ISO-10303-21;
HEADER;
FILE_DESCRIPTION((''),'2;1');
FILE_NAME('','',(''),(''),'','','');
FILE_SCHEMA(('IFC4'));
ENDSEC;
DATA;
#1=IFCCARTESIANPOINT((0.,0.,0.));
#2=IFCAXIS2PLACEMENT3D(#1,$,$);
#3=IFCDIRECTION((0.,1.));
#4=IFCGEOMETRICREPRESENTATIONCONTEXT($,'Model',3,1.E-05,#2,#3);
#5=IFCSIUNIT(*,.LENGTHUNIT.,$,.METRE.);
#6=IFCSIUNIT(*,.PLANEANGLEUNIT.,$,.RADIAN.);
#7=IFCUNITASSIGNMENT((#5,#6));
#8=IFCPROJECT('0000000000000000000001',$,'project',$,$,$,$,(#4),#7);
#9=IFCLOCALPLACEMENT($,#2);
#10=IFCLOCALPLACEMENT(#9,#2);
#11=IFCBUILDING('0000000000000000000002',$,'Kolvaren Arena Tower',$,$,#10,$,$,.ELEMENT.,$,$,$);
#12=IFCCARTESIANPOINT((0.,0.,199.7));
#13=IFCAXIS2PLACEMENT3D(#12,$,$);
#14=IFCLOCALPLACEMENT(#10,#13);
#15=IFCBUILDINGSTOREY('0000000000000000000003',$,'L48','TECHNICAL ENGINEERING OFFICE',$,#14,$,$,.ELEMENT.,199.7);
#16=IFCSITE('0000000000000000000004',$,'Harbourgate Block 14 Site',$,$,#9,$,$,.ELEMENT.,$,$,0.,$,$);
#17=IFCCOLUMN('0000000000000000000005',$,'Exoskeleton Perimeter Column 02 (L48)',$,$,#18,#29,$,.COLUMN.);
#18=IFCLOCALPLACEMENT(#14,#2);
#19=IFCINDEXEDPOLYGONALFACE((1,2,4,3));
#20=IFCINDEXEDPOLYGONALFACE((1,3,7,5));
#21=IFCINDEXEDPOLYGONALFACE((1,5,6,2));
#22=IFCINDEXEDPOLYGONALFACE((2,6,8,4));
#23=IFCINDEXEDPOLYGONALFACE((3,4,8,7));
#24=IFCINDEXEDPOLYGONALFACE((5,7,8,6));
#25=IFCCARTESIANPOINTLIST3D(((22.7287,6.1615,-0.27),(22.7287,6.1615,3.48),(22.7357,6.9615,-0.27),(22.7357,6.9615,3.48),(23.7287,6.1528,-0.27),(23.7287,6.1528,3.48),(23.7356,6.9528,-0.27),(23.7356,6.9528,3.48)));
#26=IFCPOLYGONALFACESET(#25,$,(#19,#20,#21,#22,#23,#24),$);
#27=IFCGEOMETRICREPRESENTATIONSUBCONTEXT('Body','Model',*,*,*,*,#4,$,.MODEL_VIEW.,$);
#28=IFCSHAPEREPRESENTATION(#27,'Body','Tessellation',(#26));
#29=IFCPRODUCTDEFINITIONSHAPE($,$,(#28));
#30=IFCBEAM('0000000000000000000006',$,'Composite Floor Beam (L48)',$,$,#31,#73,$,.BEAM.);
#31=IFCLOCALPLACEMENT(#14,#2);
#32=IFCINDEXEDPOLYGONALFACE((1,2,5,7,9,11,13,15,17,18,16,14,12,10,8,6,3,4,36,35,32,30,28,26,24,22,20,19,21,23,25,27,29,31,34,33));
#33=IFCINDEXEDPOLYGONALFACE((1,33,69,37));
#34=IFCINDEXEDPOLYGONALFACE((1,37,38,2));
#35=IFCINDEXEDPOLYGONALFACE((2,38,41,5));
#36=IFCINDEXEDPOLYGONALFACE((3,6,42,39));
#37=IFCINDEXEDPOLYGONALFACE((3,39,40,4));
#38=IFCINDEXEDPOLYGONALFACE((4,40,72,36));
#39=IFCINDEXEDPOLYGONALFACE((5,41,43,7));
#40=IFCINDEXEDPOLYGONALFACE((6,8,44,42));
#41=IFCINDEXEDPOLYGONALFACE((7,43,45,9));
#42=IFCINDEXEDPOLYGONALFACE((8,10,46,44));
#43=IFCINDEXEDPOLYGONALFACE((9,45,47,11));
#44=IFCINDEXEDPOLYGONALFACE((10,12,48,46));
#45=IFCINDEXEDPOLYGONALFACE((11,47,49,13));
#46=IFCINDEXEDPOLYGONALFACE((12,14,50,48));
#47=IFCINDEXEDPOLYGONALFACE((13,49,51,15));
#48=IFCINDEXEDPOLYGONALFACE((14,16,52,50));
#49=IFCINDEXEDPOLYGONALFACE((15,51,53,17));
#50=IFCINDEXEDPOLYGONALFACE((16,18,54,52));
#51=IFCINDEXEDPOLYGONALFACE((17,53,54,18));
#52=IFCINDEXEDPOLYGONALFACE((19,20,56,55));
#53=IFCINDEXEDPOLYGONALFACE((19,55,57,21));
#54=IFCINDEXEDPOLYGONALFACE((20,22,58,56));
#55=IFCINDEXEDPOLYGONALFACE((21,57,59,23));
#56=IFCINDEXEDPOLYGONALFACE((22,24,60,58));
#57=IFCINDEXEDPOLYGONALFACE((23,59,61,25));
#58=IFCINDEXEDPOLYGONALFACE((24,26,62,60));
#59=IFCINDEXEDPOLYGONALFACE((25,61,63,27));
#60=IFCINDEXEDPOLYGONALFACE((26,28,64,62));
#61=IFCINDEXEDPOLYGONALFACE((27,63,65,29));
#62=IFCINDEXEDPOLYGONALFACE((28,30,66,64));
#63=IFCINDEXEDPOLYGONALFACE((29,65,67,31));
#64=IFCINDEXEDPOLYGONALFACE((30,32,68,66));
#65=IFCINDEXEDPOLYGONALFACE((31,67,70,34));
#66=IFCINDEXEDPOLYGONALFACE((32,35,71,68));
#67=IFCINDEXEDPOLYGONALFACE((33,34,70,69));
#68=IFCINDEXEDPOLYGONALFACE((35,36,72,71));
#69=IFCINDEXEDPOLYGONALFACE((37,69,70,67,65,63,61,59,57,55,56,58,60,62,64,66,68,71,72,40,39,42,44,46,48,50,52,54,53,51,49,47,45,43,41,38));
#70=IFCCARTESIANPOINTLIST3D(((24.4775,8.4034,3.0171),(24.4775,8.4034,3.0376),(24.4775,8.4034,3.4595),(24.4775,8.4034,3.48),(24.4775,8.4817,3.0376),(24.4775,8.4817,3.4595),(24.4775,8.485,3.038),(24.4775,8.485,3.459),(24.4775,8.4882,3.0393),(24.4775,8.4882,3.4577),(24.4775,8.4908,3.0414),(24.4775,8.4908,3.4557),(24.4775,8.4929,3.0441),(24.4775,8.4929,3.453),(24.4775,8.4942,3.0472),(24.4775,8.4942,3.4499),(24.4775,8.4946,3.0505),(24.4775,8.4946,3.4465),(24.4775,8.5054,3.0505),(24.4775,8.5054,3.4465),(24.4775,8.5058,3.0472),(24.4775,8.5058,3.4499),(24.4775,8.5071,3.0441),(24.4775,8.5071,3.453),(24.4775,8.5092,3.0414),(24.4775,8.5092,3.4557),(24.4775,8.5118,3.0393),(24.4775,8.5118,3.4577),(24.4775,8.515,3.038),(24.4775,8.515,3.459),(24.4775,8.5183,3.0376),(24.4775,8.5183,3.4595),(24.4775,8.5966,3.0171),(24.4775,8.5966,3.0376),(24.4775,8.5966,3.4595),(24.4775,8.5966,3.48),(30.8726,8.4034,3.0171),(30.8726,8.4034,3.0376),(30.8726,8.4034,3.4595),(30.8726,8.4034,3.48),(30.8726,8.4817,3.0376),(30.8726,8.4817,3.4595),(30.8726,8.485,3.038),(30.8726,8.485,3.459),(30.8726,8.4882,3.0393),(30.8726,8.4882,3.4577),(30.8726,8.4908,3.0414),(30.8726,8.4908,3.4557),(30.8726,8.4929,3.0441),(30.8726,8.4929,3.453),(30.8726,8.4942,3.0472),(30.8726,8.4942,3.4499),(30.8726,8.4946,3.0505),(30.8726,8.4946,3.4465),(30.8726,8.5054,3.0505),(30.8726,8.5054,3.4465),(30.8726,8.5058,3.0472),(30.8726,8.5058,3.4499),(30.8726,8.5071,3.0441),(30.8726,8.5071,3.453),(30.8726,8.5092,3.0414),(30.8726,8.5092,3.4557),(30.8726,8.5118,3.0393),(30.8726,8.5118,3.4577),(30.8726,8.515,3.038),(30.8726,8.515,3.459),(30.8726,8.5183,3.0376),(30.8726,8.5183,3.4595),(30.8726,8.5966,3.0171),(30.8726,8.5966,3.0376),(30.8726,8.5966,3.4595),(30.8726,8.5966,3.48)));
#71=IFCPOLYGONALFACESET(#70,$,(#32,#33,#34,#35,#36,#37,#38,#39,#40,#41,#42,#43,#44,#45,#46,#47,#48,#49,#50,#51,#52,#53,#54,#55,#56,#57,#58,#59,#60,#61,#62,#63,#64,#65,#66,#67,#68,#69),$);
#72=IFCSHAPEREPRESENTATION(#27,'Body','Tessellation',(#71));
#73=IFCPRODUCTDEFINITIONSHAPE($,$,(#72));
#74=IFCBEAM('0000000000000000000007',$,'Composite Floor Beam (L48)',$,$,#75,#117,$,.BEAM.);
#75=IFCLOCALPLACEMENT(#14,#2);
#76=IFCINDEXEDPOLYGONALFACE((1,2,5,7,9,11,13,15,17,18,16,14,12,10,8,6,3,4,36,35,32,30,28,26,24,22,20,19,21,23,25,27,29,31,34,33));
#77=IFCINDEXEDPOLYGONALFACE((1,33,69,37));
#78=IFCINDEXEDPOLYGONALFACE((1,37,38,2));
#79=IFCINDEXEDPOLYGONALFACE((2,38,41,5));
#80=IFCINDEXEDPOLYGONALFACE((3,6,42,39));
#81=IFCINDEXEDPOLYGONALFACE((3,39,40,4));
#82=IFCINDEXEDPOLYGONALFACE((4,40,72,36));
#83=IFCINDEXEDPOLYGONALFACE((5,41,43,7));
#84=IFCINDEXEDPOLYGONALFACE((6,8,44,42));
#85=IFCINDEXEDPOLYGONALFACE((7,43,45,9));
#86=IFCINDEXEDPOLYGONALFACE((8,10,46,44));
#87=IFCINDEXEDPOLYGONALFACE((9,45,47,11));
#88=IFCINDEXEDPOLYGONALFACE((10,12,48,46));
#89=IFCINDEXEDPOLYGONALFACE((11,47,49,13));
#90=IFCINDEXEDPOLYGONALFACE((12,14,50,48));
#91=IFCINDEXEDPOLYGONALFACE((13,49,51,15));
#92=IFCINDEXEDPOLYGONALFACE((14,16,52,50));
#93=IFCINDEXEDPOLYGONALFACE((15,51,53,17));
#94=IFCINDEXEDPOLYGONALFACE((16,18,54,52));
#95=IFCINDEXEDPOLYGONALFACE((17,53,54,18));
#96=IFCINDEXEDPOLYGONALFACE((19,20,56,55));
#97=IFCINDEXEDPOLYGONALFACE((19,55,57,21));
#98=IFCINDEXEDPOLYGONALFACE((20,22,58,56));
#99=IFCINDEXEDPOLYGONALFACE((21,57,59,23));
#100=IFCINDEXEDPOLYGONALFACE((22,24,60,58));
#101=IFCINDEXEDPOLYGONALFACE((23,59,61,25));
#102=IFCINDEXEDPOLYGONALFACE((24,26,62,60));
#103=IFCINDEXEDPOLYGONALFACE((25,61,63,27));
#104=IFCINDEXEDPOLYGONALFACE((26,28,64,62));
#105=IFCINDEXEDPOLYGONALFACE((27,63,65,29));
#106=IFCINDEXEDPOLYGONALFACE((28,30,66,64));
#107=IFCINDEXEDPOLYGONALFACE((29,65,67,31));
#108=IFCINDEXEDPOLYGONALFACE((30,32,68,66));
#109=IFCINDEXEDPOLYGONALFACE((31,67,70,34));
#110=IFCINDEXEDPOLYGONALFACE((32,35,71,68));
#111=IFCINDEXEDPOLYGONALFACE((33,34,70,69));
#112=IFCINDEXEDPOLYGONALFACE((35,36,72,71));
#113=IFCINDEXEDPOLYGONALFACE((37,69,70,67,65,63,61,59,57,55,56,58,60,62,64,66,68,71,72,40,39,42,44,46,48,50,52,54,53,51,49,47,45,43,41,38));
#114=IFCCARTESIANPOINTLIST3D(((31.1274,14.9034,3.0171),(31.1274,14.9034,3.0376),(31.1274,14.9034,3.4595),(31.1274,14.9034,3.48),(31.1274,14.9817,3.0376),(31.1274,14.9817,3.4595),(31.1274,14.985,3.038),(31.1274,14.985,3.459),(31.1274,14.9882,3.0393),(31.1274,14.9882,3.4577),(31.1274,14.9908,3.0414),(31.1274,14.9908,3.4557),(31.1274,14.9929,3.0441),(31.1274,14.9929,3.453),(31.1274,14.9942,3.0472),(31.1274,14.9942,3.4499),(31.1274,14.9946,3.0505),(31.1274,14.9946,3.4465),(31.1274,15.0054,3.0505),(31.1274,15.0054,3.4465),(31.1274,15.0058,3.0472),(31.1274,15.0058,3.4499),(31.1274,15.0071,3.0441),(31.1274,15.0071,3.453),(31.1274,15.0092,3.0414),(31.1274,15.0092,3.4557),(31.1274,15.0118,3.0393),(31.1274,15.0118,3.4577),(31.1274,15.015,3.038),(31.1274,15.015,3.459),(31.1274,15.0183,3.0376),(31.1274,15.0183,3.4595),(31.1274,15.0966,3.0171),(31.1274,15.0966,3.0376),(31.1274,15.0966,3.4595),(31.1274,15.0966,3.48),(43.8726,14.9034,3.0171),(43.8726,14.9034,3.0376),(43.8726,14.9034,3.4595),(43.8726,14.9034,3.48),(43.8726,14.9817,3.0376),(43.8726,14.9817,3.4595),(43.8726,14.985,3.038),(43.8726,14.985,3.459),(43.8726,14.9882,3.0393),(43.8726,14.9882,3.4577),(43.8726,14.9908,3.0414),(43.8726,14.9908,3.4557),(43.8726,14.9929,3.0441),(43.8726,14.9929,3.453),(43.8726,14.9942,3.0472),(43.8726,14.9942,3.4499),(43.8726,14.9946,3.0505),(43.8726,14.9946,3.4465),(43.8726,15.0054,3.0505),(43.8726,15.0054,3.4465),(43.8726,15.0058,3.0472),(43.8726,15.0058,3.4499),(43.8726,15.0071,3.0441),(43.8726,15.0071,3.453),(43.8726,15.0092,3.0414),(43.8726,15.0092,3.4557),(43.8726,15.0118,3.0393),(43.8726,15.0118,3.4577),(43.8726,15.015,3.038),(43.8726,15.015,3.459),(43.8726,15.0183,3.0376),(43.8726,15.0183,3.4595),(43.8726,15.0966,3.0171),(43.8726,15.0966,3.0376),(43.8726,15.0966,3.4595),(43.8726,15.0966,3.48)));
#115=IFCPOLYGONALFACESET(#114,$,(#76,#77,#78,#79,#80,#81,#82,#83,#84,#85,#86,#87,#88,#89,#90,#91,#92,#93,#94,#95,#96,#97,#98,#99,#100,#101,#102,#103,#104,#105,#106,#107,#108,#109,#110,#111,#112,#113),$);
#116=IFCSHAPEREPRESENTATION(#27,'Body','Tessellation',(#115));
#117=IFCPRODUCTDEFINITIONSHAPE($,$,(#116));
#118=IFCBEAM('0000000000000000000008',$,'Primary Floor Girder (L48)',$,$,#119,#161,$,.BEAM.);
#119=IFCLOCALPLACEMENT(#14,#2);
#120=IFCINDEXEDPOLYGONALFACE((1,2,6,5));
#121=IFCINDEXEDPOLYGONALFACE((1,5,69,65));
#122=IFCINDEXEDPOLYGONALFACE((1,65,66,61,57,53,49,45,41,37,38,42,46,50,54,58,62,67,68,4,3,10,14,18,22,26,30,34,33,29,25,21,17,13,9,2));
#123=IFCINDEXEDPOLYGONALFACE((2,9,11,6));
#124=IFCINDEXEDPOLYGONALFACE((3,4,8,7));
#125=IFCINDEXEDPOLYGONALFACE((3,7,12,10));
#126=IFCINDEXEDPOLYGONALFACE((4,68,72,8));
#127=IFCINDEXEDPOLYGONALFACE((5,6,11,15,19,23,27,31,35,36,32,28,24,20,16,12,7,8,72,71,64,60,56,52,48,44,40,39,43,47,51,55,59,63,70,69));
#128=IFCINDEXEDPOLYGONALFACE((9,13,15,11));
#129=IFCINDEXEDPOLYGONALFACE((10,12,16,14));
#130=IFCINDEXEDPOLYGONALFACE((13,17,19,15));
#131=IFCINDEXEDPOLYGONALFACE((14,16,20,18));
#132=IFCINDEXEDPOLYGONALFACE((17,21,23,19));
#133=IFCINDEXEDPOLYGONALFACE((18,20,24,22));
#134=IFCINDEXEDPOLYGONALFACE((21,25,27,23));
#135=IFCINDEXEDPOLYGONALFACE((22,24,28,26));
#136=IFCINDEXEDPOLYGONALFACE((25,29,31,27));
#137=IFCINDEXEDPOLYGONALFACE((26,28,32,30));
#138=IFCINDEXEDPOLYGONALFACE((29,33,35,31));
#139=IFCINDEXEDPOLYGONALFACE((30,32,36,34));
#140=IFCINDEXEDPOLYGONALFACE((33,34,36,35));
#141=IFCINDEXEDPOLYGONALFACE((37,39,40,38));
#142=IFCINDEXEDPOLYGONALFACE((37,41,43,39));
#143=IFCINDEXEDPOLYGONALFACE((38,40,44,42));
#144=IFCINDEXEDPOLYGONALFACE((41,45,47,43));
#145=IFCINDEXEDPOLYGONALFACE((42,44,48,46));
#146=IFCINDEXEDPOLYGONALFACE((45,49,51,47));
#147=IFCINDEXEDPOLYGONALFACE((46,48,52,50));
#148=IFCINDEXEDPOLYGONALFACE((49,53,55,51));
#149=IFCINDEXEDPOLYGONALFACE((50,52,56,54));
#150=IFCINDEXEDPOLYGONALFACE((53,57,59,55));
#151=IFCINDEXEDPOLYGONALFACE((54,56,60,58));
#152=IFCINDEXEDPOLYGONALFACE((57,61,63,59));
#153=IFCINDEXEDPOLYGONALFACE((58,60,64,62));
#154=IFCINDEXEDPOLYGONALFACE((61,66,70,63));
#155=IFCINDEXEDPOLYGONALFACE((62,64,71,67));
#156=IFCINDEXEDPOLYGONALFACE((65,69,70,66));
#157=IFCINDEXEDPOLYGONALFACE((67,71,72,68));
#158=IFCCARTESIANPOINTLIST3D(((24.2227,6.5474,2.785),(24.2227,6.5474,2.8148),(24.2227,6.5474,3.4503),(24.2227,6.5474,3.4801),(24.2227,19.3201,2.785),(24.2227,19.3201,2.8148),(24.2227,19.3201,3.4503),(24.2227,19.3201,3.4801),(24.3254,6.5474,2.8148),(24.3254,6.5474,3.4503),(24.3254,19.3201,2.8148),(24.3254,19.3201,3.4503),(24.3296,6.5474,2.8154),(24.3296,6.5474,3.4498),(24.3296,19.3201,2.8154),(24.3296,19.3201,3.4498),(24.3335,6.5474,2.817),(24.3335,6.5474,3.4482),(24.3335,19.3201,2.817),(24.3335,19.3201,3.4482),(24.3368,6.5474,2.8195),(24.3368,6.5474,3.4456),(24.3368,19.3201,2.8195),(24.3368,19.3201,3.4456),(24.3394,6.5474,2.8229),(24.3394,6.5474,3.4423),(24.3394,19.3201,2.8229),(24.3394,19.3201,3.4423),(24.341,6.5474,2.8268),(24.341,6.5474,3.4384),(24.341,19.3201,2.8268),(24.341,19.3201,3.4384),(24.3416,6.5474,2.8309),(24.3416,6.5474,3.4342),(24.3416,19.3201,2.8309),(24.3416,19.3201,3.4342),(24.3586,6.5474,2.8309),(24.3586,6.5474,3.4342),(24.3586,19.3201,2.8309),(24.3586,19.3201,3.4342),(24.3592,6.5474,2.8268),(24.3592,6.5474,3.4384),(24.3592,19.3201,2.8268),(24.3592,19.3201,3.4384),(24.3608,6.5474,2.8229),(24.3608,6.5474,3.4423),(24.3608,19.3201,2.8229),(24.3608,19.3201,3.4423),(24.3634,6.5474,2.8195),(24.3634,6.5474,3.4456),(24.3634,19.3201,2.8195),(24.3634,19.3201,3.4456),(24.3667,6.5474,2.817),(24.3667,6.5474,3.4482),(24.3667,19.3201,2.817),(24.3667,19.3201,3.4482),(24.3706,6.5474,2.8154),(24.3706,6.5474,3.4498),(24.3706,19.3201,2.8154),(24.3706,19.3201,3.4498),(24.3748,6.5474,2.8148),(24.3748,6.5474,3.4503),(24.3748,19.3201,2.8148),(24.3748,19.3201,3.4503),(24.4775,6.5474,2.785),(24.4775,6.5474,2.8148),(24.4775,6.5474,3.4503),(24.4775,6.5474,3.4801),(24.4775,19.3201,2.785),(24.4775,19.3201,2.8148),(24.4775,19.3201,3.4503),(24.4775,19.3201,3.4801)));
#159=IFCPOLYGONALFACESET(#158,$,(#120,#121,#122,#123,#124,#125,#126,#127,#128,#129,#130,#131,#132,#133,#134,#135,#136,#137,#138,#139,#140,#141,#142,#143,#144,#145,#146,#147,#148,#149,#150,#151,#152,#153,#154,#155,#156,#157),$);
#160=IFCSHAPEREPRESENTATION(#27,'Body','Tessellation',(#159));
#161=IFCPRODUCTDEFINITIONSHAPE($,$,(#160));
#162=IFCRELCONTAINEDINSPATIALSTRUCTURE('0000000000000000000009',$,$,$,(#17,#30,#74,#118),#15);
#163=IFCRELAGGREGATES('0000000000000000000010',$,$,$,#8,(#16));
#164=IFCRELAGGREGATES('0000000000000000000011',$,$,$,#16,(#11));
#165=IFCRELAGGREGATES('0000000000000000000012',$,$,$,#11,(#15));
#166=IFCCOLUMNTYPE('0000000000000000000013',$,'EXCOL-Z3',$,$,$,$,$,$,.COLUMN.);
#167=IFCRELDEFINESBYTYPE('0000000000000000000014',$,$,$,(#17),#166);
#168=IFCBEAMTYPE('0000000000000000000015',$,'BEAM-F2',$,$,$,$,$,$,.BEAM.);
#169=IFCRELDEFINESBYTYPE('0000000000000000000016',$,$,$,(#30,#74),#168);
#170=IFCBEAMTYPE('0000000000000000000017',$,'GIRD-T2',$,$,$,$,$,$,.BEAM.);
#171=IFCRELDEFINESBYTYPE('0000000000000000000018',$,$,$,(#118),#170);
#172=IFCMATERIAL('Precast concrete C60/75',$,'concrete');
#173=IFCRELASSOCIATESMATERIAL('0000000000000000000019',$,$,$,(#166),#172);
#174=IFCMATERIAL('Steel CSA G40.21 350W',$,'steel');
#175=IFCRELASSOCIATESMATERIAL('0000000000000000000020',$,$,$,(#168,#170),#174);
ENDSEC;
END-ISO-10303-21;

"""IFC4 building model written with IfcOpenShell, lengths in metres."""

from ifc_helpers import new_model, si_unit, direction, frame, origin, origin_2d, place, context, subcontext, project, spatial, rectangle, i_section, extrude, material, material_profile, profile_set, type_object, element, save


model = new_model("IFC4")

# Units and contexts
model_context = context("Model", 3, precision=1e-05, world=origin(), true_north=direction((0.0, 1.0)))
body_context = subcontext(model_context, "Body", "Model", "MODEL_VIEW")
ifc_project = project(units=[si_unit("LENGTHUNIT", "METRE"), si_unit("PLANEANGLEUNIT", "RADIAN")], contexts=[model_context])

# Site, building, storey
site_placement = place(None, origin())
site = spatial("IfcSite", under=ifc_project, at=site_placement, Name="Harbourgate Block 14 Site", CompositionType="ELEMENT", RefElevation=0.0)
building_placement = place(site_placement, origin())
building = spatial("IfcBuilding", under=site, at=building_placement, Name="Kolvaren Arena Tower", CompositionType="ELEMENT")
storey_placement = place(building_placement, frame((0.0, 0.0, 199.7)))
storey = spatial("IfcBuildingStorey", under=building, at=storey_placement, Name="L48", Description="TECHNICAL ENGINEERING OFFICE", CompositionType="ELEMENT", Elevation=199.7)

# Column
ifc_material_1 = material(Name="Precast concrete C60/75", Category="concrete")
ifc_material_profile_1 = material_profile(ifc_material_1, rectangle(XDim=1.0, YDim=0.8, at=origin_2d()), Name="RC-1000x800")
ifc_profile_set_1 = profile_set([ifc_material_profile_1], Name="Precast concrete C60/75")
column_type = type_object("IfcColumnType", Name="EXCOL-Z3", PredefinedType="COLUMN", material=ifc_profile_set_1)
column_placement = place(storey_placement, frame((23.2322, 6.5571, -0.27), z_axis=(0.0, 0.0, 1.0), x_axis=(0.999962, -0.008727, 0.0)))
element("IfcColumn", 1, at=column_placement, inside=storey, type_object=column_type, Name="Exoskeleton Perimeter Column 02 (L48)", PredefinedType="COLUMN", context=body_context, shape_type="SweptSolid", body=[
    extrude(rectangle(XDim=1.0, YDim=0.8, at=origin_2d()), origin(), (0.0, 0.0, 1.0), 3.75),
])

# Beams
ifc_material_2 = material(Name="Steel CSA G40.21 350W", Category="steel")
ifc_material_profile_2 = material_profile(ifc_material_2, i_section(OverallWidth=0.1931, OverallDepth=0.4629, WebThickness=0.0107, FlangeThickness=0.0205, FilletRadius=0.0129, at=origin_2d()), Name="W460x113")
ifc_profile_set_2 = profile_set([ifc_material_profile_2], Name="Steel CSA G40.21 350W")
beam_type_1 = type_object("IfcBeamType", Name="BEAM-F2", PredefinedType="BEAM", material=ifc_profile_set_2)
beam_1_placement = place(storey_placement, frame((24.4775, 8.5, 3.2485), z_axis=(1.0, 0.0, 0.0), x_axis=(0.0, 1.0, 0.0)))
element("IfcBeam", 2, at=beam_1_placement, inside=storey, type_object=beam_type_1, Name="Composite Floor Beam (L48)", PredefinedType="BEAM", context=body_context, shape_type="SweptSolid", body=[
    extrude(i_section(OverallWidth=0.1931, OverallDepth=0.4629, WebThickness=0.0107, FlangeThickness=0.0205, FilletRadius=0.0129, at=origin_2d()), origin(), (0.0, 0.0, 1.0), 6.395),
])
beam_2_placement = place(storey_placement, frame((31.1274, 15.0, 3.2485), z_axis=(1.0, 0.0, 0.0), x_axis=(0.0, 1.0, 0.0)))
element("IfcBeam", 3, at=beam_2_placement, inside=storey, type_object=beam_type_1, Name="Composite Floor Beam (L48)", PredefinedType="BEAM", context=body_context, shape_type="SweptSolid", body=[
    extrude(i_section(OverallWidth=0.1931, OverallDepth=0.4629, WebThickness=0.0107, FlangeThickness=0.0205, FilletRadius=0.0129, at=origin_2d()), origin(), (0.0, 0.0, 1.0), 12.7451),
])
ifc_material_profile_3 = material_profile(ifc_material_2, i_section(OverallWidth=0.2549, OverallDepth=0.6951, WebThickness=0.0171, FlangeThickness=0.0298, FilletRadius=0.0161, at=origin_2d()), Name="W690x217")
ifc_profile_set_3 = profile_set([ifc_material_profile_3], Name="Steel CSA G40.21 350W")
beam_type_2 = type_object("IfcBeamType", Name="GIRD-T2", PredefinedType="BEAM", material=ifc_profile_set_3)
beam_3_placement = place(storey_placement, frame((24.3501, 6.5474, 3.1326), z_axis=(0.0, 1.0, 0.0), x_axis=(-1.0, 0.0, 0.0)))
element("IfcBeam", 4, at=beam_3_placement, inside=storey, type_object=beam_type_2, Name="Primary Floor Girder (L48)", PredefinedType="BEAM", context=body_context, shape_type="SweptSolid", body=[
    extrude(i_section(OverallWidth=0.2549, OverallDepth=0.6951, WebThickness=0.0171, FlangeThickness=0.0298, FilletRadius=0.0161, at=origin_2d()), origin(), (0.0, 0.0, 1.0), 12.7727),
])

save(model, "model.ifc")
